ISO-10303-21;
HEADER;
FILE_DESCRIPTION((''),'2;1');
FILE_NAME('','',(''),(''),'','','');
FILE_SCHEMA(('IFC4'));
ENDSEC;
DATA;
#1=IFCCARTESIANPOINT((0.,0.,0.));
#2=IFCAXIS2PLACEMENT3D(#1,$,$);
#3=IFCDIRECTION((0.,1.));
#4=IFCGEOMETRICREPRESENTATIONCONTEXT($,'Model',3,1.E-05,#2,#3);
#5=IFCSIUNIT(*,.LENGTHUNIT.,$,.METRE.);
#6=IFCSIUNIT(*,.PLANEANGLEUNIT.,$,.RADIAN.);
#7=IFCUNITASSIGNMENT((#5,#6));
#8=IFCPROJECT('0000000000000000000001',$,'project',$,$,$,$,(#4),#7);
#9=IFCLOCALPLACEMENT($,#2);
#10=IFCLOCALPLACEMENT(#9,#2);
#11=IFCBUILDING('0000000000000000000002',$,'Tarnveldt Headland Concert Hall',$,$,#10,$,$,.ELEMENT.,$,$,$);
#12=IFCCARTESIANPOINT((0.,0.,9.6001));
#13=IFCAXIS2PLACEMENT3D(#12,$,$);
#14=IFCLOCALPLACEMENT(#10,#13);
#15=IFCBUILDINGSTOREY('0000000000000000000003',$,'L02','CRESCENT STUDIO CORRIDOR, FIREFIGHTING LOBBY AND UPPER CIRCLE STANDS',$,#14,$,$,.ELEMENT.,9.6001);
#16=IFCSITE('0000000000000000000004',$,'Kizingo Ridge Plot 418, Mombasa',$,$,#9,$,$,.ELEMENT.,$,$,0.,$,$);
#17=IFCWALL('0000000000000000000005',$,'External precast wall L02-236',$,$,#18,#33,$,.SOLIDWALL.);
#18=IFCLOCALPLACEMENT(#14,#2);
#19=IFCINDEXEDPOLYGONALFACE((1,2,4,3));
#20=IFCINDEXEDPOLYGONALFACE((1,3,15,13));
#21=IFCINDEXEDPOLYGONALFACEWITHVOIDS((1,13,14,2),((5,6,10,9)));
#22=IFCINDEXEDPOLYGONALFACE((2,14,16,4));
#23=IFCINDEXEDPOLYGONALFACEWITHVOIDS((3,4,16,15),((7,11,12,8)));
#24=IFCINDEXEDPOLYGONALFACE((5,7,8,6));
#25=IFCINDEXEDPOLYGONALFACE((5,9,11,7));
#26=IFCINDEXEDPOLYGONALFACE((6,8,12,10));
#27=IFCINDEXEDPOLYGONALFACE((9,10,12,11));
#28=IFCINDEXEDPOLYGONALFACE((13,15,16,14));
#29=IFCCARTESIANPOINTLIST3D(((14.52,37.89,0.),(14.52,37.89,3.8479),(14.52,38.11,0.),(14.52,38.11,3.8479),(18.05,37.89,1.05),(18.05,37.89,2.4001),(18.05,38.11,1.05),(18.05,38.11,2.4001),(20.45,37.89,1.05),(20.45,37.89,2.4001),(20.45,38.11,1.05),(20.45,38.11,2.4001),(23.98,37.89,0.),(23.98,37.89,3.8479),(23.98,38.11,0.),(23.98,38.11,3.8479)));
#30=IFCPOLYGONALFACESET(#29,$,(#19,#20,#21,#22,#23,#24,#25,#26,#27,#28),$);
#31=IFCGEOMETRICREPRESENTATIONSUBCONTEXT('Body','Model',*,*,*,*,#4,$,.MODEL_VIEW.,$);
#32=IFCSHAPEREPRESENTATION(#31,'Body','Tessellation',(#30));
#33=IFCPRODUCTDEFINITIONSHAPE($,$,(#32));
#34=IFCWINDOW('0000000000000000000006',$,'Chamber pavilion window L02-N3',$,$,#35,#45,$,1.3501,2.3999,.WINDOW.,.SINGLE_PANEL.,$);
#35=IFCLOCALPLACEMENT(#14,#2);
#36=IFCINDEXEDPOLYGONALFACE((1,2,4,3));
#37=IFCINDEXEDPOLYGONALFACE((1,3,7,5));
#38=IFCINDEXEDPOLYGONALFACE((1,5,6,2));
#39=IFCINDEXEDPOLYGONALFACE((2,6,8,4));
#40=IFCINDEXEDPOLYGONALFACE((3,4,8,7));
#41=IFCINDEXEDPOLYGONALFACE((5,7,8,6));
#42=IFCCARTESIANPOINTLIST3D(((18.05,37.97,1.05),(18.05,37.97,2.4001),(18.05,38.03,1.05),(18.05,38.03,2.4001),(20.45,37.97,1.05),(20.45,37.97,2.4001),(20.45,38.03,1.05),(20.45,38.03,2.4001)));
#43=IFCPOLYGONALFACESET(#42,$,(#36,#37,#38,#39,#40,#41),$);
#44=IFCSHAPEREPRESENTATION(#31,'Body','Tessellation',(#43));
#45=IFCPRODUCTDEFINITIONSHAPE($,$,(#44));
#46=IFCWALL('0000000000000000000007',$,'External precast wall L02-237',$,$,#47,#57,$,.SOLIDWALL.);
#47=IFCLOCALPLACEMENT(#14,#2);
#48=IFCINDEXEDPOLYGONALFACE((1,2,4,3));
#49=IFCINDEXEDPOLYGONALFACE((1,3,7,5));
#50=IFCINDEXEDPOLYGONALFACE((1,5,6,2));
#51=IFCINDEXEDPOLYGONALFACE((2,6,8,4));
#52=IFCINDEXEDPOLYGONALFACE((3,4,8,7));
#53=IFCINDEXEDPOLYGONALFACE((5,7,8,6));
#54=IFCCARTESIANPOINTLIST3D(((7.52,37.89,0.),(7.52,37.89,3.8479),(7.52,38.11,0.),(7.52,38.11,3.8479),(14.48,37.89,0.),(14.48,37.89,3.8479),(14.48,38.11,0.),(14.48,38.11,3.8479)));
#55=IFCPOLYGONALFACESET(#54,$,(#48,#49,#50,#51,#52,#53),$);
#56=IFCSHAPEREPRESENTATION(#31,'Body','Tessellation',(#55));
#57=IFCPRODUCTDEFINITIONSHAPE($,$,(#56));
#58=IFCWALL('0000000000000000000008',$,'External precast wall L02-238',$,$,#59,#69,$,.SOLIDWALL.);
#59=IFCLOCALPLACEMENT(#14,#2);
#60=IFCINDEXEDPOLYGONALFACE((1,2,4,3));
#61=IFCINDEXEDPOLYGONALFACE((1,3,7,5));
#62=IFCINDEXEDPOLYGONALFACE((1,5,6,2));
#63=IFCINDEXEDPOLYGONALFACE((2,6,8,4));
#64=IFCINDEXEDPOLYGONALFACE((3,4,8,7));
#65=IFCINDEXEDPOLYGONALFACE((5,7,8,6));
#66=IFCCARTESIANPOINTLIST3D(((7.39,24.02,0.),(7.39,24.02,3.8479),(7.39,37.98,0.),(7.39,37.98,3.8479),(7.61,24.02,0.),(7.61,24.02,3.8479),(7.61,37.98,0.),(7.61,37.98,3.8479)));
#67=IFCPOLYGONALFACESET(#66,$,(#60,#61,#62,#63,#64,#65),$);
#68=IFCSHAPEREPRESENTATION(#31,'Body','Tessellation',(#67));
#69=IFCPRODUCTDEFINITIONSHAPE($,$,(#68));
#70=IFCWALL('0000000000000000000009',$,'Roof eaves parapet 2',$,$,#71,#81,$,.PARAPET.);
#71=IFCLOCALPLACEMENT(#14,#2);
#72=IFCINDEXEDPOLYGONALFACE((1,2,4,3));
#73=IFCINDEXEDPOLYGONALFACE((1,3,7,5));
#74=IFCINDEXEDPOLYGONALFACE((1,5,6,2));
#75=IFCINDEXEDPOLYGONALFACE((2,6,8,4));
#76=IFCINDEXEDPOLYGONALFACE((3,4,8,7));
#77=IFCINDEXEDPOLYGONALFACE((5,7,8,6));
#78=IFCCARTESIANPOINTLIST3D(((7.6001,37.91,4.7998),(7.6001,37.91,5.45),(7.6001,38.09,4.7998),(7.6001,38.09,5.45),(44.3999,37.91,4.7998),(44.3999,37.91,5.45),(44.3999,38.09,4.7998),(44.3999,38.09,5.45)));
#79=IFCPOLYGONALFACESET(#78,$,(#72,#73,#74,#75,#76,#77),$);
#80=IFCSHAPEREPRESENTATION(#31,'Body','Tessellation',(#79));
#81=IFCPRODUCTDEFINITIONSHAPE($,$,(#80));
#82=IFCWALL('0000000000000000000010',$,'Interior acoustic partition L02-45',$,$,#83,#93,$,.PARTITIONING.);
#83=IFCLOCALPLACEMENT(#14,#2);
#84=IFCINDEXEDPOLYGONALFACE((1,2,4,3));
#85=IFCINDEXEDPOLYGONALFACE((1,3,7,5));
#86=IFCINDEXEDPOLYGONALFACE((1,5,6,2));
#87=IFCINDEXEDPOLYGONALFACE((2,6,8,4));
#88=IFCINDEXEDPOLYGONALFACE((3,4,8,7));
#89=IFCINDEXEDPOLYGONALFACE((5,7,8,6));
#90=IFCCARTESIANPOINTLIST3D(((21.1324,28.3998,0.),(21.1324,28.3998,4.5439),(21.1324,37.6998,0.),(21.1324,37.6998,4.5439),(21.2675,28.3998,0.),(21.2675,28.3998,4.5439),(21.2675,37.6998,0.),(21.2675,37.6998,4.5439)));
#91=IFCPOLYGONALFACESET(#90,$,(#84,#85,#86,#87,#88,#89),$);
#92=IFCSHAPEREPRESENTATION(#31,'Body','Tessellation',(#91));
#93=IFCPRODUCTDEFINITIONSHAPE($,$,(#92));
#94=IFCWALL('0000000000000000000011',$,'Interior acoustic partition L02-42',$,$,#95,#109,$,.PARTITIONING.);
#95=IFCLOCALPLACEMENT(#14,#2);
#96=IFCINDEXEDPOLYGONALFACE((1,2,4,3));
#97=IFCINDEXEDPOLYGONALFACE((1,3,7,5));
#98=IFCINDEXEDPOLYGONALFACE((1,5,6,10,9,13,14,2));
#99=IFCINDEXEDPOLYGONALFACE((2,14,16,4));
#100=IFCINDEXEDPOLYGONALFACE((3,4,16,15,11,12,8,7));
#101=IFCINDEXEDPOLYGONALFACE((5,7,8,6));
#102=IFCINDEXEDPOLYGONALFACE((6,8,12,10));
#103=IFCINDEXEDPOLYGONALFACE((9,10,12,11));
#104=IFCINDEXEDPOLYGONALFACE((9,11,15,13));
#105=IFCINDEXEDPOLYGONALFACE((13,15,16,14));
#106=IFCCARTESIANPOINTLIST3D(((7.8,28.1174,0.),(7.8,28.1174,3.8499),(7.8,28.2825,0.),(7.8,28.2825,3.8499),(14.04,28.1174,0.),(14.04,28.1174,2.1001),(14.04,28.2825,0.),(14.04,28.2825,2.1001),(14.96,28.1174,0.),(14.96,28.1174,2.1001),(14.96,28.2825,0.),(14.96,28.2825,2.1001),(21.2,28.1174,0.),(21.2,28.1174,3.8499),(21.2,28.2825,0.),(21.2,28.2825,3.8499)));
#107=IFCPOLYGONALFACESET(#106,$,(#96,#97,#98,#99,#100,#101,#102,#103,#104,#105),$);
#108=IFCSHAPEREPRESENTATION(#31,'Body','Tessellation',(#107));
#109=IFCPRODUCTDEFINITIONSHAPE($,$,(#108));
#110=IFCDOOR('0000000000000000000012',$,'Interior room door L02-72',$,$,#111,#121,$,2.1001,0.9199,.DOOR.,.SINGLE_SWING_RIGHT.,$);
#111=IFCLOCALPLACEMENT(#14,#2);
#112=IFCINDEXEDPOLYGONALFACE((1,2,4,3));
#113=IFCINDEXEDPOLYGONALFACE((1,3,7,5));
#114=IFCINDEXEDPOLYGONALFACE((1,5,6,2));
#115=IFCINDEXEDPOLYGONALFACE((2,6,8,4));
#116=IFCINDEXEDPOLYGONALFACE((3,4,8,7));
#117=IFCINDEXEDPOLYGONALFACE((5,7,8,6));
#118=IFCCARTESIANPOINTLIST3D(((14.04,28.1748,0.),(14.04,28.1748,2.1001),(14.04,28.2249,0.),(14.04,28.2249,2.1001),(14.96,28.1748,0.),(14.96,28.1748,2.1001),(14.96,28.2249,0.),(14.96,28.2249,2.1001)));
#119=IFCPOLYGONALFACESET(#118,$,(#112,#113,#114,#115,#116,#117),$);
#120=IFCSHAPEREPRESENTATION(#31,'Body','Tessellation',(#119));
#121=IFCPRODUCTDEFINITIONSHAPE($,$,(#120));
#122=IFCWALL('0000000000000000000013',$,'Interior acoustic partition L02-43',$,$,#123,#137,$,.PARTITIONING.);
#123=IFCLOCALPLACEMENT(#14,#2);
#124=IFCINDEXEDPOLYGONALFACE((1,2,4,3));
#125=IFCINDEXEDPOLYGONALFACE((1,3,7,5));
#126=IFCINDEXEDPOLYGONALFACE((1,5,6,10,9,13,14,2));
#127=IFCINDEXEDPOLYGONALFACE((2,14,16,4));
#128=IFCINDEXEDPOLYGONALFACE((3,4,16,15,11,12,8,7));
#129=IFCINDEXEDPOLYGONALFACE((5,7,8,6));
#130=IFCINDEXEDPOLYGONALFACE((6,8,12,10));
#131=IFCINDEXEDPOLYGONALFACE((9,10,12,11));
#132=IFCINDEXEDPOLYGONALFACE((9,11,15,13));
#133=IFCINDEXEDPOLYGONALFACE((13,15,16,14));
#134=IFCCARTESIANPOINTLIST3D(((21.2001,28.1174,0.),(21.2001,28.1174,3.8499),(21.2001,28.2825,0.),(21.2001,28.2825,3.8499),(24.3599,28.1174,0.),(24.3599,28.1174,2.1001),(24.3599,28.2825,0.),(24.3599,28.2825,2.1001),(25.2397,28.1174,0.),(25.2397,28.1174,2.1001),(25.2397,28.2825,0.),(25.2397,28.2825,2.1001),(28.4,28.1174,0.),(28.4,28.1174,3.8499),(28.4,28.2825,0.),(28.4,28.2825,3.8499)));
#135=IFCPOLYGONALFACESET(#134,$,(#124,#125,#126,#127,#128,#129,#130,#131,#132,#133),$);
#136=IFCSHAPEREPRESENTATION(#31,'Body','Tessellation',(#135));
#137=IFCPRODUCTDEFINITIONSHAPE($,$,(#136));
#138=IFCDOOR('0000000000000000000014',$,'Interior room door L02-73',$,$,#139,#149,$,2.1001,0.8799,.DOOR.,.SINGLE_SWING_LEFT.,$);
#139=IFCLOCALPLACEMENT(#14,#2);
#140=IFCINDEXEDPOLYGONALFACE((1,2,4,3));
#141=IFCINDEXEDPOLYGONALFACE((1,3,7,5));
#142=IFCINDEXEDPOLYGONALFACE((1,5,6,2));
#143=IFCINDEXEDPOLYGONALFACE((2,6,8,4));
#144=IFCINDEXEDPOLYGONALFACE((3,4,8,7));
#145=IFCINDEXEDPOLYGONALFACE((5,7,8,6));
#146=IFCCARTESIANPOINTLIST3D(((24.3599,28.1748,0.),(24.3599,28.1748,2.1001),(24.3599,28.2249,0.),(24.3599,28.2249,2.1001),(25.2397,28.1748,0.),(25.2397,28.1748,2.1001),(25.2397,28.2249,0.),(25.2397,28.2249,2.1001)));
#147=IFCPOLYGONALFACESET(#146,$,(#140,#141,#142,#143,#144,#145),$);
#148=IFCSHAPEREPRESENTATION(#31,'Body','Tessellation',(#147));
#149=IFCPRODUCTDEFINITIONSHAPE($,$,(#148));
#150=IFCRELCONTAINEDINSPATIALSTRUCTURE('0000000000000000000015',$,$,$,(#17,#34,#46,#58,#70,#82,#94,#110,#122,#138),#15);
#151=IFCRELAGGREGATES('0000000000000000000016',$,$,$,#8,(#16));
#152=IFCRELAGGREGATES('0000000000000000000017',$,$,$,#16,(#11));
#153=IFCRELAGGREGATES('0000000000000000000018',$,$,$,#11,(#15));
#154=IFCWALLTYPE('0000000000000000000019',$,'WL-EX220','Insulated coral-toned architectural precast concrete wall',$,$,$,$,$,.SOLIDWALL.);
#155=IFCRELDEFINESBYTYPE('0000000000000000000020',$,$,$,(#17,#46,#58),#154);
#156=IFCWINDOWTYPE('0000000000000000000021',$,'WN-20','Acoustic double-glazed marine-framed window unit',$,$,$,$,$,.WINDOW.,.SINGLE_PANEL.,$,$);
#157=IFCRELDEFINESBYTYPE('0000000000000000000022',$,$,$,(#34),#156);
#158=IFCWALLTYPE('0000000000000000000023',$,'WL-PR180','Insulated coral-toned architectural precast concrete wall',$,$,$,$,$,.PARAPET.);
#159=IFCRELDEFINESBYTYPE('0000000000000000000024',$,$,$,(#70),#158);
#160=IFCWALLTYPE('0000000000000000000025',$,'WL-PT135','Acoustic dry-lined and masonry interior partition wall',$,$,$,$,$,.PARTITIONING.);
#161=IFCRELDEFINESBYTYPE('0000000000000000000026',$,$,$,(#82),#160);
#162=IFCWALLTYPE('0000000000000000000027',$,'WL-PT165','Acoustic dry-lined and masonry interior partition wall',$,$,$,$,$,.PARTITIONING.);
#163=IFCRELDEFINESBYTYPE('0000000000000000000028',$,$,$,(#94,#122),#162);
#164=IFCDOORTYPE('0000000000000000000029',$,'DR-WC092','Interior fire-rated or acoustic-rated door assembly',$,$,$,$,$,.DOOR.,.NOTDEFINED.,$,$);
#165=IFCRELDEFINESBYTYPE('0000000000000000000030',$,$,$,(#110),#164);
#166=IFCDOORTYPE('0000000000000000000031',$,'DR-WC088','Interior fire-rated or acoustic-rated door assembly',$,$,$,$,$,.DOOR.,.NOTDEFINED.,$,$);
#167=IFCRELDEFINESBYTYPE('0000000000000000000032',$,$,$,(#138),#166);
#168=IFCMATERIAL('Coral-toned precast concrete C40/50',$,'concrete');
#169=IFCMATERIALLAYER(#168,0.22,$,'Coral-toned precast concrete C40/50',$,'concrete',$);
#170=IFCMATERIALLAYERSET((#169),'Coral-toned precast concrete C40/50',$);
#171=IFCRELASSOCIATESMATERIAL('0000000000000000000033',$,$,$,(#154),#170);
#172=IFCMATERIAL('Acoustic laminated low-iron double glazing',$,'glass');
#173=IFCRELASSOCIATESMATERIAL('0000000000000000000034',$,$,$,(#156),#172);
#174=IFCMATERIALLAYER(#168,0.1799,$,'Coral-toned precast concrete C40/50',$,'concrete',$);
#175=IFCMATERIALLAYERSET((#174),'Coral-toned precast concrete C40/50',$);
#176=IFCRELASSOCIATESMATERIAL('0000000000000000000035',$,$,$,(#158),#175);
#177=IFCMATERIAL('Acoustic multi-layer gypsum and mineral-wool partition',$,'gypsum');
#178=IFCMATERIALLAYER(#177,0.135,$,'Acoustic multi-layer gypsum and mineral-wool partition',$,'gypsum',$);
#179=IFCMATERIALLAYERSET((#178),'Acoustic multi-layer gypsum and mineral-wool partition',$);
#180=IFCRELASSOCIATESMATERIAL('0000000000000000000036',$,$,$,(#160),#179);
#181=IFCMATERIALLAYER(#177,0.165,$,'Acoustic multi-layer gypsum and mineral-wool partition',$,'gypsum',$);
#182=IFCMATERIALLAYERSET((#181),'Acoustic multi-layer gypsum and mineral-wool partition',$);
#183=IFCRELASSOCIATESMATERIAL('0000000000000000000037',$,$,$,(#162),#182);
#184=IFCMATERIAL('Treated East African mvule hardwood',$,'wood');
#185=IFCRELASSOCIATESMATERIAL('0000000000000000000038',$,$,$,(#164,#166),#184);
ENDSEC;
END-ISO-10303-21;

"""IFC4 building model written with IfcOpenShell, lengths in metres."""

from ifc_helpers import new_model, si_unit, direction, frame, frame_2d, origin, place, context, subcontext, project, spatial, rectangle, extrude, material, layer, layer_set, type_object, element, fill, save


model = new_model("IFC4")

# Units and contexts
model_context = context("Model", 3, precision=1e-05, world=origin(), true_north=direction((0.0, 1.0)))
body_context = subcontext(model_context, "Body", "Model", "MODEL_VIEW")
ifc_project = project(units=[si_unit("LENGTHUNIT", "METRE"), si_unit("PLANEANGLEUNIT", "RADIAN")], contexts=[model_context])

# Site, building, storey
site_placement = place(None, origin())
site = spatial("IfcSite", under=ifc_project, at=site_placement, Name="Kizingo Ridge Plot 418, Mombasa", CompositionType="ELEMENT", RefElevation=0.0)
building_placement = place(site_placement, origin())
building = spatial("IfcBuilding", under=site, at=building_placement, Name="Tarnveldt Headland Concert Hall", CompositionType="ELEMENT")
storey_placement = place(building_placement, frame((0.0, 0.0, 9.6001)))
storey = spatial("IfcBuildingStorey", under=building, at=storey_placement, Name="L02", Description="CRESCENT STUDIO CORRIDOR, FIREFIGHTING LOBBY AND UPPER CIRCLE STANDS", CompositionType="ELEMENT", Elevation=9.6001)

# Wall, opening, window
ifc_material_1 = material(Name="Coral-toned precast concrete C40/50", Category="concrete")
ifc_layer_1 = layer(ifc_material_1, 0.22, Name="Coral-toned precast concrete C40/50", Category="concrete")
ifc_layer_set_1 = layer_set([ifc_layer_1], Name="Coral-toned precast concrete C40/50")
wall_type_1 = type_object("IfcWallType", Name="WL-EX220", Description="Insulated coral-toned architectural precast concrete wall", PredefinedType="SOLIDWALL", material=ifc_layer_set_1)
wall_1_placement = place(storey_placement, frame((14.52, 38.0, 0.0), z_axis=(0.0, 0.0, 1.0), x_axis=(1.0, 0.0, 0.0)))
wall_1 = element("IfcWall", 1, at=wall_1_placement, inside=storey, type_object=wall_type_1, Name="External precast wall L02-236", PredefinedType="SOLIDWALL", context=body_context, shape_type="SweptSolid", body=[
    extrude(rectangle(XDim=9.46, YDim=0.22, at=frame_2d((4.73, 0.0))), origin(), (0.0, 0.0, 1.0), 3.8479),
])
opening_1_placement = place(wall_1_placement, frame((3.53, 0.0, 1.05)))
opening_1 = element("IfcOpeningElement", 2, at=opening_1_placement, cuts=wall_1, PredefinedType="OPENING", context=body_context, shape_type="SweptSolid", body=[
    extrude(rectangle(XDim=2.3999, YDim=1.3501, at=frame_2d((1.2, 0.675))), frame((0.0, 0.1199, 0.0), z_axis=(0.0, -1.0, 0.0), x_axis=(1.0, 0.0, 0.0)), (0.0, 0.0, 1.0), 0.24),
])
ifc_material_2 = material(Name="Acoustic laminated low-iron double glazing", Category="glass")
window_type = type_object("IfcWindowType", Name="WN-20", Description="Acoustic double-glazed marine-framed window unit", PartitioningType="SINGLE_PANEL", PredefinedType="WINDOW", material=ifc_material_2)
window_placement = place(opening_1_placement, origin())
window = element("IfcWindow", 3, at=window_placement, inside=storey, type_object=window_type, Name="Chamber pavilion window L02-N3", OverallHeight=1.3501, OverallWidth=2.3999, PartitioningType="SINGLE_PANEL", PredefinedType="WINDOW", context=body_context, shape_type="SweptSolid", body=[
    extrude(rectangle(XDim=2.3999, YDim=1.3501, at=frame_2d((1.2, 0.675))), frame((0.0, 0.03, 0.0), z_axis=(0.0, -1.0, 0.0), x_axis=(1.0, 0.0, 0.0)), (0.0, 0.0, 1.0), 0.0601),
])
fill(opening_1, window)

# Walls
wall_2_placement = place(storey_placement, frame((7.52, 38.0, 0.0), z_axis=(0.0, 0.0, 1.0), x_axis=(1.0, 0.0, 0.0)))
element("IfcWall", 4, at=wall_2_placement, inside=storey, type_object=wall_type_1, Name="External precast wall L02-237", PredefinedType="SOLIDWALL", context=body_context, shape_type="SweptSolid", body=[
    extrude(rectangle(XDim=6.96, YDim=0.22, at=frame_2d((3.48, 0.0))), origin(), (0.0, 0.0, 1.0), 3.8479),
])
wall_3_placement = place(storey_placement, frame((7.5, 24.02, 0.0), z_axis=(0.0, 0.0, 1.0), x_axis=(0.0, 1.0, 0.0)))
element("IfcWall", 5, at=wall_3_placement, inside=storey, type_object=wall_type_1, Name="External precast wall L02-238", PredefinedType="SOLIDWALL", context=body_context, shape_type="SweptSolid", body=[
    extrude(rectangle(XDim=13.96, YDim=0.22, at=frame_2d((6.98, 0.0))), origin(), (0.0, 0.0, 1.0), 3.8479),
])
ifc_layer_2 = layer(ifc_material_1, 0.1799, Name="Coral-toned precast concrete C40/50", Category="concrete")
ifc_layer_set_2 = layer_set([ifc_layer_2], Name="Coral-toned precast concrete C40/50")
wall_type_2 = type_object("IfcWallType", Name="WL-PR180", Description="Insulated coral-toned architectural precast concrete wall", PredefinedType="PARAPET", material=ifc_layer_set_2)
wall_4_placement = place(storey_placement, frame((7.6001, 38.0, 4.7998), z_axis=(0.0, 0.0, 1.0), x_axis=(1.0, 0.0, 0.0)))
element("IfcWall", 6, at=wall_4_placement, inside=storey, type_object=wall_type_2, Name="Roof eaves parapet 2", PredefinedType="PARAPET", context=body_context, shape_type="SweptSolid", body=[
    extrude(rectangle(XDim=36.7998, YDim=0.1799, at=frame_2d((18.3999, 0.0))), origin(), (0.0, 0.0, 1.0), 0.6501),
])
ifc_material_3 = material(Name="Acoustic multi-layer gypsum and mineral-wool partition", Category="gypsum")
ifc_layer_3 = layer(ifc_material_3, 0.135, Name="Acoustic multi-layer gypsum and mineral-wool partition", Category="gypsum")
ifc_layer_set_3 = layer_set([ifc_layer_3], Name="Acoustic multi-layer gypsum and mineral-wool partition")
wall_type_3 = type_object("IfcWallType", Name="WL-PT135", Description="Acoustic dry-lined and masonry interior partition wall", PredefinedType="PARTITIONING", material=ifc_layer_set_3)
wall_5_placement = place(storey_placement, frame((21.2, 28.3999, 0.0), z_axis=(0.0, 0.0, 1.0), x_axis=(0.0, 1.0, 0.0)))
element("IfcWall", 7, at=wall_5_placement, inside=storey, type_object=wall_type_3, Name="Interior acoustic partition L02-45", PredefinedType="PARTITIONING", context=body_context, shape_type="SweptSolid", body=[
    extrude(rectangle(XDim=9.3, YDim=0.135, at=frame_2d((4.6499, 0.0))), origin(), (0.0, 0.0, 1.0), 4.5439),
])

# Walls, openings, doors
ifc_layer_4 = layer(ifc_material_3, 0.165, Name="Acoustic multi-layer gypsum and mineral-wool partition", Category="gypsum")
ifc_layer_set_4 = layer_set([ifc_layer_4], Name="Acoustic multi-layer gypsum and mineral-wool partition")
wall_type_4 = type_object("IfcWallType", Name="WL-PT165", Description="Acoustic dry-lined and masonry interior partition wall", PredefinedType="PARTITIONING", material=ifc_layer_set_4)
wall_6_placement = place(storey_placement, frame((7.8, 28.2, 0.0), z_axis=(0.0, 0.0, 1.0), x_axis=(1.0, 0.0, 0.0)))
wall_6 = element("IfcWall", 8, at=wall_6_placement, inside=storey, type_object=wall_type_4, Name="Interior acoustic partition L02-42", PredefinedType="PARTITIONING", context=body_context, shape_type="SweptSolid", body=[
    extrude(rectangle(XDim=13.3999, YDim=0.165, at=frame_2d((6.7, 0.0))), origin(), (0.0, 0.0, 1.0), 3.8499),
])
opening_2_placement = place(wall_6_placement, frame((6.24, 0.0, 0.0)))
opening_2 = element("IfcOpeningElement", 9, at=opening_2_placement, cuts=wall_6, PredefinedType="OPENING", context=body_context, shape_type="SweptSolid", body=[
    extrude(rectangle(XDim=0.9199, YDim=2.1001, at=frame_2d((0.46, 1.05))), frame((0.0, 0.0925, 0.0), z_axis=(0.0, -1.0, 0.0), x_axis=(1.0, 0.0, 0.0)), (0.0, 0.0, 1.0), 0.1851),
])
ifc_material_4 = material(Name="Treated East African mvule hardwood", Category="wood")
door_type_1 = type_object("IfcDoorType", Name="DR-WC092", Description="Interior fire-rated or acoustic-rated door assembly", OperationType="NOTDEFINED", PredefinedType="DOOR", material=ifc_material_4)
door_1_placement = place(opening_2_placement, origin())
door_1 = element("IfcDoor", 10, at=door_1_placement, inside=storey, type_object=door_type_1, Name="Interior room door L02-72", OperationType="SINGLE_SWING_RIGHT", OverallHeight=2.1001, OverallWidth=0.9199, PredefinedType="DOOR", context=body_context, shape_type="SweptSolid", body=[
    extrude(rectangle(XDim=0.9199, YDim=2.1001, at=frame_2d((0.46, 1.05))), frame((0.0, 0.0249, 0.0), z_axis=(0.0, -1.0, 0.0), x_axis=(1.0, 0.0, 0.0)), (0.0, 0.0, 1.0), 0.05),
])
fill(opening_2, door_1)
wall_7_placement = place(storey_placement, frame((21.2, 28.2, 0.0), z_axis=(0.0, 0.0, 1.0), x_axis=(1.0, 0.0, 0.0)))
wall_7 = element("IfcWall", 11, at=wall_7_placement, inside=storey, type_object=wall_type_4, Name="Interior acoustic partition L02-43", PredefinedType="PARTITIONING", context=body_context, shape_type="SweptSolid", body=[
    extrude(rectangle(XDim=7.2, YDim=0.165, at=frame_2d((3.6001, 0.0))), origin(), (0.0, 0.0, 1.0), 3.8499),
])
opening_3_placement = place(wall_7_placement, frame((3.1599, 0.0, 0.0)))
opening_3 = element("IfcOpeningElement", 12, at=opening_3_placement, cuts=wall_7, PredefinedType="OPENING", context=body_context, shape_type="SweptSolid", body=[
    extrude(rectangle(XDim=0.8799, YDim=2.1001, at=frame_2d((0.4399, 1.05))), frame((0.0, 0.0925, 0.0), z_axis=(0.0, -1.0, 0.0), x_axis=(1.0, 0.0, 0.0)), (0.0, 0.0, 1.0), 0.1851),
])
door_type_2 = type_object("IfcDoorType", Name="DR-WC088", Description="Interior fire-rated or acoustic-rated door assembly", OperationType="NOTDEFINED", PredefinedType="DOOR", material=ifc_material_4)
door_2_placement = place(opening_3_placement, origin())
door_2 = element("IfcDoor", 13, at=door_2_placement, inside=storey, type_object=door_type_2, Name="Interior room door L02-73", OperationType="SINGLE_SWING_LEFT", OverallHeight=2.1001, OverallWidth=0.8799, PredefinedType="DOOR", context=body_context, shape_type="SweptSolid", body=[
    extrude(rectangle(XDim=0.8799, YDim=2.1001, at=frame_2d((0.4399, 1.05))), frame((0.0, 0.0249, 0.0), z_axis=(0.0, -1.0, 0.0), x_axis=(1.0, 0.0, 0.0)), (0.0, 0.0, 1.0), 0.05),
])
fill(opening_3, door_2)

save(model, "model.ifc")
